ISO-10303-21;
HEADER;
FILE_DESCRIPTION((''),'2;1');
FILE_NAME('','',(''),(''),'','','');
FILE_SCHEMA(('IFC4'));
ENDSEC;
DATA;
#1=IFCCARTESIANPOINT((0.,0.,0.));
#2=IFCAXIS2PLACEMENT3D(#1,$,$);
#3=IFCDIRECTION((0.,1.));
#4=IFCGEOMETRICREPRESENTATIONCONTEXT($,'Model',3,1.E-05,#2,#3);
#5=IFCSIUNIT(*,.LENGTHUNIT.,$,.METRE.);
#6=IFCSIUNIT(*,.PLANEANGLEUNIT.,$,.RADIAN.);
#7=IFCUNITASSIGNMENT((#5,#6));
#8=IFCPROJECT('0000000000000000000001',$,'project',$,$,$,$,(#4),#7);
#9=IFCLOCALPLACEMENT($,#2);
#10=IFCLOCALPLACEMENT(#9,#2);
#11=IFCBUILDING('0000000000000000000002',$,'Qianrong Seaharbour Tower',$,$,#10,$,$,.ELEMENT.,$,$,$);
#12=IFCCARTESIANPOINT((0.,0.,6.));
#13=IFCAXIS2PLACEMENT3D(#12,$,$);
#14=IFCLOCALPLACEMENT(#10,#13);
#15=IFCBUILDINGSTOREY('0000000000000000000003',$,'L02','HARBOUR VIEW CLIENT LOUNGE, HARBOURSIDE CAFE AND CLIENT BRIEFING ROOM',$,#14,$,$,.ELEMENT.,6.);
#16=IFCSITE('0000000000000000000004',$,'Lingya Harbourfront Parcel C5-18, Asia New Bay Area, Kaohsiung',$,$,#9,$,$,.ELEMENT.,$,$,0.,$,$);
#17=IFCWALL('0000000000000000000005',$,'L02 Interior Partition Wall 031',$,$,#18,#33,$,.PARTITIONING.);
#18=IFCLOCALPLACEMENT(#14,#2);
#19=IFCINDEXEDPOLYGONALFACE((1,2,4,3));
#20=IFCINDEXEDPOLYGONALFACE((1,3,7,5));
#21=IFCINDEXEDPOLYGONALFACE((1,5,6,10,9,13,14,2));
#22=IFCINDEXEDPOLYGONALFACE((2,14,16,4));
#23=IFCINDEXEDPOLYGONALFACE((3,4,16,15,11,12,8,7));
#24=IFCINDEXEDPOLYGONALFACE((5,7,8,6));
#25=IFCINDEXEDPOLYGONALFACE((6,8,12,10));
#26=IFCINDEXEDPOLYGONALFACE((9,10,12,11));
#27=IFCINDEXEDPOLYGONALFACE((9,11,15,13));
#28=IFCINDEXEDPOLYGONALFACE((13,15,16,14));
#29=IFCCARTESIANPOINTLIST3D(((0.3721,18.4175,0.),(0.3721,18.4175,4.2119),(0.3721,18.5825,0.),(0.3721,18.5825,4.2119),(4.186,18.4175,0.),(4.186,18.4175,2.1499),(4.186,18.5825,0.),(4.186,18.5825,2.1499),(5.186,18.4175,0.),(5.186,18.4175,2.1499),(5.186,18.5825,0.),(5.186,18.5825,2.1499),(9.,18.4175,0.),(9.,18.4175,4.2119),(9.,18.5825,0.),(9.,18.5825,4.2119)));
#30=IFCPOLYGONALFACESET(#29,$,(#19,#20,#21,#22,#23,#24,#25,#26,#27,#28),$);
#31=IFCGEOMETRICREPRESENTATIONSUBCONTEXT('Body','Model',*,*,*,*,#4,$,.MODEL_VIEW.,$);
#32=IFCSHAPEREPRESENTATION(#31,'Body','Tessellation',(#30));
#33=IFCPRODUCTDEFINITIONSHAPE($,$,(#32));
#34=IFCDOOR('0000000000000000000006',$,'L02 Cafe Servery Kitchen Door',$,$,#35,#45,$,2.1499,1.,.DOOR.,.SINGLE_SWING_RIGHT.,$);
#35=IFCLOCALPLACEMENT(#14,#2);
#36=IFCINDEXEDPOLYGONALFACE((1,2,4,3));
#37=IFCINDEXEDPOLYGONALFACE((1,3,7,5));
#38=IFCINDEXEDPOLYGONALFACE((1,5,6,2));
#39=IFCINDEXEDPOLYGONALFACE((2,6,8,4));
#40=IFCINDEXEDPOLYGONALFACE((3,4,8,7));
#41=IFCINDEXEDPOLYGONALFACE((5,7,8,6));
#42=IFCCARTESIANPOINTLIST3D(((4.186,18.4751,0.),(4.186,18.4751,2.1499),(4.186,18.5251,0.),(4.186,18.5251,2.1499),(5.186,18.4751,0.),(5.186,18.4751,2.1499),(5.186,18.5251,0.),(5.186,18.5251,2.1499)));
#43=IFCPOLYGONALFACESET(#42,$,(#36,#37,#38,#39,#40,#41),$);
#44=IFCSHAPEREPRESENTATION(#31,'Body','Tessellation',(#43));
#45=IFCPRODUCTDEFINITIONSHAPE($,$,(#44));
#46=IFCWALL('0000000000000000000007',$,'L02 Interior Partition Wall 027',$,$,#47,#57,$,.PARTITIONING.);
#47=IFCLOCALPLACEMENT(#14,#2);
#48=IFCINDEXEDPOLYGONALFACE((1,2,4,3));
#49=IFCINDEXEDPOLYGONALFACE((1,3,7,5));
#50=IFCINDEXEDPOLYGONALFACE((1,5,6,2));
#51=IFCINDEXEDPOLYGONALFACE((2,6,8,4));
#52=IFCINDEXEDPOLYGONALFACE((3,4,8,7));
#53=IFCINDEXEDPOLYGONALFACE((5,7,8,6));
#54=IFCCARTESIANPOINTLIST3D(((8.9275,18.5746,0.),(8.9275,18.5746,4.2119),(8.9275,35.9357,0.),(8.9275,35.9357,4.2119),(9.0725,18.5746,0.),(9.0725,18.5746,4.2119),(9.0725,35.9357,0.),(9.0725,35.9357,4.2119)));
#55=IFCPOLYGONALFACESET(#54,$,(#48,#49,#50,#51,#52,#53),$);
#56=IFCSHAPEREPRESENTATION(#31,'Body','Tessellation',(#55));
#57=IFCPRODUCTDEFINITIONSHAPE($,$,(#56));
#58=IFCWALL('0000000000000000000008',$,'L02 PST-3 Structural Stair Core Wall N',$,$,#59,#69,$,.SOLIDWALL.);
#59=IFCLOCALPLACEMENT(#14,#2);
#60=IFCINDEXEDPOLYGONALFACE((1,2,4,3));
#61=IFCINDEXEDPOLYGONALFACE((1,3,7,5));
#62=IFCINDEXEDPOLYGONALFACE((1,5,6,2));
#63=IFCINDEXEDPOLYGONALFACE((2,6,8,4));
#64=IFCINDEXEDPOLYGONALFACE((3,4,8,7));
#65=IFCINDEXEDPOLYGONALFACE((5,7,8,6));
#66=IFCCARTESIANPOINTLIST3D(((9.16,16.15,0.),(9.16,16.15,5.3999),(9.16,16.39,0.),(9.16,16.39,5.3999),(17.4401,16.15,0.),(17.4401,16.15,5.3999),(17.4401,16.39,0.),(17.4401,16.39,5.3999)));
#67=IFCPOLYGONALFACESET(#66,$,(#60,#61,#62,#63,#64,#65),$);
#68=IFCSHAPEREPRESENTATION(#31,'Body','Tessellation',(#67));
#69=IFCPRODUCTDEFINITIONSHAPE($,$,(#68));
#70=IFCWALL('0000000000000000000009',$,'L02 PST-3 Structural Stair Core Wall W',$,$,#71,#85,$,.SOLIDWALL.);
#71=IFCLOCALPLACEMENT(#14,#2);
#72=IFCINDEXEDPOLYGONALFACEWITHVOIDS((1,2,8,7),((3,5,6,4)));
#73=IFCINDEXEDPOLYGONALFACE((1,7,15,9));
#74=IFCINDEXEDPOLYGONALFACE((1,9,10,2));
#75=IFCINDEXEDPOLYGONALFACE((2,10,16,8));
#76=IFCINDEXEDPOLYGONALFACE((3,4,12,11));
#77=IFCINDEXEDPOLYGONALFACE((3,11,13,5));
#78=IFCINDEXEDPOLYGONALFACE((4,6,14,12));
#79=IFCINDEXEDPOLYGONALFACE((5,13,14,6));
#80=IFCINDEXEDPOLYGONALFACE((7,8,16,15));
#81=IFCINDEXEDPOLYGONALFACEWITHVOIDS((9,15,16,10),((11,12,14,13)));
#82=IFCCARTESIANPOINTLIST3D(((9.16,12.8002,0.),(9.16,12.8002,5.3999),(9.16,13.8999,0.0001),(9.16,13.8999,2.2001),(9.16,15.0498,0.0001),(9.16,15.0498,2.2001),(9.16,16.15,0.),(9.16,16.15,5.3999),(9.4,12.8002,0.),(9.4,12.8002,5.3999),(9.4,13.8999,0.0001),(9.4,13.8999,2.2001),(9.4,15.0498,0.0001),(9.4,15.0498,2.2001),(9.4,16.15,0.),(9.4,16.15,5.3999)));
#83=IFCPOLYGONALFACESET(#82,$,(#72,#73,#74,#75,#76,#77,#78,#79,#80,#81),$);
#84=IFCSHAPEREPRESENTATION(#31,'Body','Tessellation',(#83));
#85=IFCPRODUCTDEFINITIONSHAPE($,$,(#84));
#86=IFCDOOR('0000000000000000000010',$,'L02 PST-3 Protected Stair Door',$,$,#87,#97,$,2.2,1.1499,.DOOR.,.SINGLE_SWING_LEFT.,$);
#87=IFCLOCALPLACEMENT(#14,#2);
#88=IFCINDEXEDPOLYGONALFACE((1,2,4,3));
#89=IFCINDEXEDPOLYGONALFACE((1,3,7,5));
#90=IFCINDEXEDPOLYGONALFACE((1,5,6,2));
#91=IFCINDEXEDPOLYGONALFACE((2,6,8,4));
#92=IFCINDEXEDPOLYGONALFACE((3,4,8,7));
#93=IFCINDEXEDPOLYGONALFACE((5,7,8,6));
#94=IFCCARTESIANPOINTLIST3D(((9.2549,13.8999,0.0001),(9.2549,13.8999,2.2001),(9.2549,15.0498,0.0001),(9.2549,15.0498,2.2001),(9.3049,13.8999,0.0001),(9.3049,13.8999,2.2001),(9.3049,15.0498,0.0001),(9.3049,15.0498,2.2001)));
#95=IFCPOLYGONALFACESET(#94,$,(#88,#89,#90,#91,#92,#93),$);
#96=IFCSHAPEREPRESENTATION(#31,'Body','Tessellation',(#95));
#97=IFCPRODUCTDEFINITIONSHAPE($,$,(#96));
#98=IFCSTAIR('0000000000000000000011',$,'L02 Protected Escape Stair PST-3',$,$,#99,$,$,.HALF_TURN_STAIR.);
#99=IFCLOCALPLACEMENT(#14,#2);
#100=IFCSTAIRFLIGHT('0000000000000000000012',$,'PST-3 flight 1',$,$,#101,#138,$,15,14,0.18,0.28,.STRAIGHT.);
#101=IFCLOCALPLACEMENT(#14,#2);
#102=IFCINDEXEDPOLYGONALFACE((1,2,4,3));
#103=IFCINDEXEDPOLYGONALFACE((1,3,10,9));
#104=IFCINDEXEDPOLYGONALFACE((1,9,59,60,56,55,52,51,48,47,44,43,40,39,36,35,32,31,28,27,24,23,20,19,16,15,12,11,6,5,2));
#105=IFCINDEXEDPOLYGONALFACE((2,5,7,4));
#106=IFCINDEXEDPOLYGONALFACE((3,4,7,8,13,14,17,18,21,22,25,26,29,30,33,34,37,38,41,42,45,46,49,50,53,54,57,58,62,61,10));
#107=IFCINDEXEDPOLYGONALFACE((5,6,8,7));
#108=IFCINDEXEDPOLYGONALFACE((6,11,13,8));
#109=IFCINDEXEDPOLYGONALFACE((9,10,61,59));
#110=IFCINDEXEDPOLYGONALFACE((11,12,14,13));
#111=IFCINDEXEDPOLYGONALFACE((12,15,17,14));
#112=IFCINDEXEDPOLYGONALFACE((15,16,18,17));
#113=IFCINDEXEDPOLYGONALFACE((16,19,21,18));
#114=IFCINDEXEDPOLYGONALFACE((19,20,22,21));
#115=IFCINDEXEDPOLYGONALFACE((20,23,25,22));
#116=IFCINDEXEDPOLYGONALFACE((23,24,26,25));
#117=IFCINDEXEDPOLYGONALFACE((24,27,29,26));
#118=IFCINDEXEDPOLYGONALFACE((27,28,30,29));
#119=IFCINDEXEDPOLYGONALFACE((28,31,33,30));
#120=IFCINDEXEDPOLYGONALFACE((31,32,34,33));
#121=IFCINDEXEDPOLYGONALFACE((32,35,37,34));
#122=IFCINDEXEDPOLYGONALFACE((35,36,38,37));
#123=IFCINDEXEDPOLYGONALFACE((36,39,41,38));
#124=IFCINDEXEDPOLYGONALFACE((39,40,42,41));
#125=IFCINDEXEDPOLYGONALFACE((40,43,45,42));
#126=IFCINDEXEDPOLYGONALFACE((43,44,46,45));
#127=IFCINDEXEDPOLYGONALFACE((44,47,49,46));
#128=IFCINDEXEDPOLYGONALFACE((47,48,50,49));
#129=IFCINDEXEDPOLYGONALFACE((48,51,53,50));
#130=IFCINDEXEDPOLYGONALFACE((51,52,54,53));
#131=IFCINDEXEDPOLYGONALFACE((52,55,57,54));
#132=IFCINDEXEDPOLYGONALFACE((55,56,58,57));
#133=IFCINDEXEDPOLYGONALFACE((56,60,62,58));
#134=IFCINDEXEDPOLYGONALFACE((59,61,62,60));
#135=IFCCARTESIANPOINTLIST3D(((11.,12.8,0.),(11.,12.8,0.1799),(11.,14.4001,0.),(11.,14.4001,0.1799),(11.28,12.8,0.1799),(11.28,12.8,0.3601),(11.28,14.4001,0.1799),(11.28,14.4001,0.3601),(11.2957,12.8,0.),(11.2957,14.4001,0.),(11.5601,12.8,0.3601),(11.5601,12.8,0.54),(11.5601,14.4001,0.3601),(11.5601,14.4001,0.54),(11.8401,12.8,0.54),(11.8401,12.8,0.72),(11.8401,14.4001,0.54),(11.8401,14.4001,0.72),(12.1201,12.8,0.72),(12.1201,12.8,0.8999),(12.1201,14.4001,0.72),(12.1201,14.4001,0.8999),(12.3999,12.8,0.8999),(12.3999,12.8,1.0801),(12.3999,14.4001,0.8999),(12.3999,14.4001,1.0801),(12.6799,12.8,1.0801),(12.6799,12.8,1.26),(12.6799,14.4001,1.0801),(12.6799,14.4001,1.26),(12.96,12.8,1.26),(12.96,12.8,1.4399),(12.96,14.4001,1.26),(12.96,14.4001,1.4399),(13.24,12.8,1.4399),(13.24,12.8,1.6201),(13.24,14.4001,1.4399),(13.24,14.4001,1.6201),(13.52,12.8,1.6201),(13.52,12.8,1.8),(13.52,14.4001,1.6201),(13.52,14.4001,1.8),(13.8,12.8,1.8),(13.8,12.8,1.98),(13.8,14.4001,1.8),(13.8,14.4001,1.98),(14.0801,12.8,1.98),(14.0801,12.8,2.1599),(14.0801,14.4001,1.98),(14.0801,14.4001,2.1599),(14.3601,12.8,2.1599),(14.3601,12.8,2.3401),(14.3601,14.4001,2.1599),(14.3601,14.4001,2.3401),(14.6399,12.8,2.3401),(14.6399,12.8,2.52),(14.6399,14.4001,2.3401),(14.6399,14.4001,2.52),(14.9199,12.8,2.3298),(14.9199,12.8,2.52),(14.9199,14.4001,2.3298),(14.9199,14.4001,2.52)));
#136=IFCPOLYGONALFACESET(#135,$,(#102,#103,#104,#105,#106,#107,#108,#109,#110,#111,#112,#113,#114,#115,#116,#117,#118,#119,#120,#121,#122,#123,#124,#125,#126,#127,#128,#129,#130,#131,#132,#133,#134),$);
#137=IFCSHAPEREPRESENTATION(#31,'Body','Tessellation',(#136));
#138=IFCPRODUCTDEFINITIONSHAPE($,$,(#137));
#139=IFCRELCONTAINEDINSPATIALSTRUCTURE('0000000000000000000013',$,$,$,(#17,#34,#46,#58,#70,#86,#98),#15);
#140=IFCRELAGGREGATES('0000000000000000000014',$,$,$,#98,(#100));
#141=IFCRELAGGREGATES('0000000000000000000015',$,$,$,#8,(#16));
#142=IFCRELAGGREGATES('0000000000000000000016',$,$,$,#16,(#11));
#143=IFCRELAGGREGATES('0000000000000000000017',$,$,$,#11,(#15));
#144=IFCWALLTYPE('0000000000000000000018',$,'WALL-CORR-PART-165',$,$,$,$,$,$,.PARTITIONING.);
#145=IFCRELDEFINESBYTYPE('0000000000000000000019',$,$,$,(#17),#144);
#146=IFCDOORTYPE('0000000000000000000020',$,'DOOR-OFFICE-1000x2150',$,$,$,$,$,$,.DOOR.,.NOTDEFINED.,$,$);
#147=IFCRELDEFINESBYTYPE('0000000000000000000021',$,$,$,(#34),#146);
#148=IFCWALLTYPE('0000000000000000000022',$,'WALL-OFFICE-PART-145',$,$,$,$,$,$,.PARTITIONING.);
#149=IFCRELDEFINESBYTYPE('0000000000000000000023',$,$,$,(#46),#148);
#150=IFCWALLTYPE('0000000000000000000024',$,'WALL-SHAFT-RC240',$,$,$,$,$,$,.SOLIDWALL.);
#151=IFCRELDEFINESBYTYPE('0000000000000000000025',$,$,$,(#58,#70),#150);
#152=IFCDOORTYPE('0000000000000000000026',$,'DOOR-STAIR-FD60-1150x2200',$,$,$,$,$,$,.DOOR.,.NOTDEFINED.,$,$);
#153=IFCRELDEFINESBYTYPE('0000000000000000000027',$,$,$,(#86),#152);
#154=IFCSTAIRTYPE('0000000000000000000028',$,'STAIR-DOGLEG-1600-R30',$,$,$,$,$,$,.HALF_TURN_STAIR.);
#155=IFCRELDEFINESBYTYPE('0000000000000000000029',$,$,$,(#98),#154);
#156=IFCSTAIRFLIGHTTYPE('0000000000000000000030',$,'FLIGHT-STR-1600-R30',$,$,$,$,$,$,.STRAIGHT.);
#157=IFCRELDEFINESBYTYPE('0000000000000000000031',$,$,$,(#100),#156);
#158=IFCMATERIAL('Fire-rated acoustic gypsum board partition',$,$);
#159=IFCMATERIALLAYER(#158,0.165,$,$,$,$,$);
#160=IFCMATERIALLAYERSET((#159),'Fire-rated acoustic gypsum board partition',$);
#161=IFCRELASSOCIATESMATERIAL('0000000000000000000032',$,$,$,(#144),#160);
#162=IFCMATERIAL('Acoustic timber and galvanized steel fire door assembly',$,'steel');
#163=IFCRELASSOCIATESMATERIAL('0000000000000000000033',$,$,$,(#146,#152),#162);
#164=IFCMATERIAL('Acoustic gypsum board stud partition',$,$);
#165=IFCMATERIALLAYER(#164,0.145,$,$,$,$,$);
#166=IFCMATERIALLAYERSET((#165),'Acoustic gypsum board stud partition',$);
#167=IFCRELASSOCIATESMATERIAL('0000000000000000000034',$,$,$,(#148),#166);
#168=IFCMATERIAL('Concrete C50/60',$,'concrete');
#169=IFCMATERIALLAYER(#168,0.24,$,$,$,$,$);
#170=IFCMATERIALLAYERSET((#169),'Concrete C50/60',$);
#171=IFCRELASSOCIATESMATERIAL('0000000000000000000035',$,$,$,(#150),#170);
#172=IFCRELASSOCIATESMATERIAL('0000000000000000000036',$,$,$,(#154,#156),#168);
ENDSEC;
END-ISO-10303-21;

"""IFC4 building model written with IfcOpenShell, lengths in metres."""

from ifc_helpers import new_model, si_unit, direction, frame, frame_2d, origin, place, context, subcontext, project, spatial, polyline, rectangle, outline, extrude, material, layer, layer_set, type_object, element, fill, aggregate, save


model = new_model("IFC4")

# Units and contexts
model_context = context("Model", 3, precision=1e-05, world=origin(), true_north=direction((0.0, 1.0)))
body_context = subcontext(model_context, "Body", "Model", "MODEL_VIEW")
ifc_project = project(units=[si_unit("LENGTHUNIT", "METRE"), si_unit("PLANEANGLEUNIT", "RADIAN")], contexts=[model_context])

# Site, building, storey
site_placement = place(None, origin())
site = spatial("IfcSite", under=ifc_project, at=site_placement, Name="Lingya Harbourfront Parcel C5-18, Asia New Bay Area, Kaohsiung", CompositionType="ELEMENT", RefElevation=0.0)
building_placement = place(site_placement, origin())
building = spatial("IfcBuilding", under=site, at=building_placement, Name="Qianrong Seaharbour Tower", CompositionType="ELEMENT")
storey_placement = place(building_placement, frame((0.0, 0.0, 6.0)))
storey = spatial("IfcBuildingStorey", under=building, at=storey_placement, Name="L02", Description="HARBOUR VIEW CLIENT LOUNGE, HARBOURSIDE CAFE AND CLIENT BRIEFING ROOM", CompositionType="ELEMENT", Elevation=6.0)

# Wall, opening, door
ifc_material_1 = material(Name="Fire-rated acoustic gypsum board partition")
ifc_layer_1 = layer(ifc_material_1, 0.165)
ifc_layer_set_1 = layer_set([ifc_layer_1], Name="Fire-rated acoustic gypsum board partition")
wall_type_1 = type_object("IfcWallType", Name="WALL-CORR-PART-165", PredefinedType="PARTITIONING", material=ifc_layer_set_1)
ifc_material_2 = material(Name="Acoustic timber and galvanized steel fire door assembly", Category="steel")
wall_1_placement = place(storey_placement, frame((9.0, 18.5, 0.0), z_axis=(0.0, 0.0, 1.0), x_axis=(-1.0, 0.0, 0.0)))
wall_1 = element("IfcWall", 1, at=wall_1_placement, inside=storey, type_object=wall_type_1, Name="L02 Interior Partition Wall 031", PredefinedType="PARTITIONING", context=body_context, shape_type="SweptSolid", body=[
    extrude(rectangle(XDim=8.6279, YDim=0.165, at=frame_2d((4.314, 0.0))), origin(), (0.0, 0.0, 1.0), 4.2119),
])
opening_1_placement = place(wall_1_placement, frame((3.814, 0.0, 0.0)))
opening_1 = element("IfcOpeningElement", 2, at=opening_1_placement, cuts=wall_1, PredefinedType="OPENING", context=body_context, shape_type="SweptSolid", body=[
    extrude(rectangle(XDim=1.0, YDim=2.1499, at=frame_2d((0.5, 1.075))), frame((0.0, 0.0925, 0.0), z_axis=(0.0, -1.0, 0.0), x_axis=(1.0, 0.0, 0.0)), (0.0, 0.0, 1.0), 0.1851),
])
door_type_1 = type_object("IfcDoorType", Name="DOOR-OFFICE-1000x2150", OperationType="NOTDEFINED", PredefinedType="DOOR", material=ifc_material_2)
door_1_placement = place(opening_1_placement, origin())
door_1 = element("IfcDoor", 3, at=door_1_placement, inside=storey, type_object=door_type_1, Name="L02 Cafe Servery Kitchen Door", OperationType="SINGLE_SWING_RIGHT", OverallHeight=2.1499, OverallWidth=1.0, PredefinedType="DOOR", context=body_context, shape_type="SweptSolid", body=[
    extrude(rectangle(XDim=1.0, YDim=2.1499, at=frame_2d((0.5, 1.075))), frame((0.0, 0.0249, 0.0), z_axis=(0.0, -1.0, 0.0), x_axis=(1.0, 0.0, 0.0)), (0.0, 0.0, 1.0), 0.05),
])
fill(opening_1, door_1)

# Walls
ifc_material_3 = material(Name="Acoustic gypsum board stud partition")
ifc_layer_2 = layer(ifc_material_3, 0.145)
ifc_layer_set_2 = layer_set([ifc_layer_2], Name="Acoustic gypsum board stud partition")
wall_type_2 = type_object("IfcWallType", Name="WALL-OFFICE-PART-145", PredefinedType="PARTITIONING", material=ifc_layer_set_2)
wall_2_placement = place(storey_placement, frame((9.0, 18.5745, 0.0), z_axis=(0.0, 0.0, 1.0), x_axis=(0.0, 1.0, 0.0)))
element("IfcWall", 4, at=wall_2_placement, inside=storey, type_object=wall_type_2, Name="L02 Interior Partition Wall 027", PredefinedType="PARTITIONING", context=body_context, shape_type="SweptSolid", body=[
    extrude(rectangle(XDim=17.3611, YDim=0.145, at=frame_2d((8.6807, 0.0))), origin(), (0.0, 0.0, 1.0), 4.2119),
])
ifc_material_4 = material(Name="Concrete C50/60", Category="concrete")
ifc_layer_3 = layer(ifc_material_4, 0.24)
ifc_layer_set_3 = layer_set([ifc_layer_3], Name="Concrete C50/60")
wall_type_3 = type_object("IfcWallType", Name="WALL-SHAFT-RC240", PredefinedType="SOLIDWALL", material=ifc_layer_set_3)
wall_3_placement = place(storey_placement, frame((9.1599, 16.27, 0.0), z_axis=(0.0, 0.0, 1.0), x_axis=(1.0, 0.0, 0.0)))
element("IfcWall", 5, at=wall_3_placement, inside=storey, type_object=wall_type_3, Name="L02 PST-3 Structural Stair Core Wall N", PredefinedType="SOLIDWALL", context=body_context, shape_type="SweptSolid", body=[
    extrude(rectangle(XDim=8.28, YDim=0.24, at=frame_2d((4.1401, 0.0))), origin(), (0.0, 0.0, 1.0), 5.3999),
])

# Wall, opening, door
wall_4_placement = place(storey_placement, frame((9.28, 16.1499, 0.0), z_axis=(0.0, 0.0, 1.0), x_axis=(0.0, -1.0, 0.0)))
wall_4 = element("IfcWall", 6, at=wall_4_placement, inside=storey, type_object=wall_type_3, Name="L02 PST-3 Structural Stair Core Wall W", PredefinedType="SOLIDWALL", context=body_context, shape_type="SweptSolid", body=[
    extrude(rectangle(XDim=3.3499, YDim=0.24, at=frame_2d((1.6748, 0.0))), origin(), (0.0, 0.0, 1.0), 5.3999),
])
opening_2_placement = place(wall_4_placement, frame((1.1001, 0.0, 0.0)))
opening_2 = element("IfcOpeningElement", 7, at=opening_2_placement, cuts=wall_4, PredefinedType="OPENING", context=body_context, shape_type="SweptSolid", body=[
    extrude(rectangle(XDim=1.1499, YDim=2.2, at=frame_2d((0.575, 1.1001))), frame((0.0, 0.1299, 0.0), z_axis=(0.0, -1.0, 0.0), x_axis=(1.0, 0.0, 0.0)), (0.0, 0.0, 1.0), 0.26),
])
door_type_2 = type_object("IfcDoorType", Name="DOOR-STAIR-FD60-1150x2200", OperationType="NOTDEFINED", PredefinedType="DOOR", material=ifc_material_2)
door_2_placement = place(opening_2_placement, origin())
door_2 = element("IfcDoor", 8, at=door_2_placement, inside=storey, type_object=door_type_2, Name="L02 PST-3 Protected Stair Door", OperationType="SINGLE_SWING_LEFT", OverallHeight=2.2, OverallWidth=1.1499, PredefinedType="DOOR", context=body_context, shape_type="SweptSolid", body=[
    extrude(rectangle(XDim=1.1499, YDim=2.2, at=frame_2d((0.575, 1.1001))), frame((0.0, 0.0249, 0.0), z_axis=(0.0, -1.0, 0.0), x_axis=(1.0, 0.0, 0.0)), (0.0, 0.0, 1.0), 0.05),
])
fill(opening_2, door_2)

# Stair, stair flight
stair_type = type_object("IfcStairType", Name="STAIR-DOGLEG-1600-R30", PredefinedType="HALF_TURN_STAIR", material=ifc_material_4)
stair_placement = place(storey_placement, origin())
stair = element("IfcStair", 9, at=stair_placement, inside=storey, type_object=stair_type, Name="L02 Protected Escape Stair PST-3", PredefinedType="HALF_TURN_STAIR")
stair_flight_type = type_object("IfcStairFlightType", Name="FLIGHT-STR-1600-R30", PredefinedType="STRAIGHT", material=ifc_material_4)
stair_flight_placement = place(storey_placement, frame((11.0, 13.6001, 0.0), z_axis=(0.0, 0.0, 1.0), x_axis=(1.0, 0.0, 0.0)))
stair_flight = element("IfcStairFlight", 10, at=stair_flight_placement, type_object=stair_flight_type, Name="PST-3 flight 1", NumberOfRisers=15, NumberOfTreads=14, PredefinedType="STRAIGHT", RiserHeight=0.18, TreadLength=0.28, context=body_context, shape_type="SweptSolid", body=[
    extrude(outline(polyline([(0.0, 0.0), (0.0, 0.1799), (0.28, 0.1799), (0.28, 0.3601), (0.5601, 0.3601), (0.5601, 0.54), (0.8401, 0.54), (0.8401, 0.72), (1.1201, 0.72), (1.1201, 0.8999), (1.3999, 0.8999), (1.3999, 1.0801), (1.6799, 1.0801), (1.6799, 1.26), (1.96, 1.26), (1.96, 1.4399), (2.24, 1.4399), (2.24, 1.6201), (2.52, 1.6201), (2.52, 1.8), (2.8, 1.8), (2.8, 1.98), (3.0801, 1.98), (3.0801, 2.1599), (3.3601, 2.1599), (3.3601, 2.3401), (3.6399, 2.3401), (3.6399, 2.52), (3.9199, 2.52), (3.9199, 2.7), (3.9199, 2.3298), (0.2957, 0.0), (0.0, 0.0)])), frame((0.0, 0.8, 0.0), z_axis=(0.0, -1.0, 0.0), x_axis=(1.0, 0.0, 0.0)), (0.0, 0.0, 1.0), 1.6001),
])
aggregate(stair, [stair_flight])

save(model, "model.ifc")
